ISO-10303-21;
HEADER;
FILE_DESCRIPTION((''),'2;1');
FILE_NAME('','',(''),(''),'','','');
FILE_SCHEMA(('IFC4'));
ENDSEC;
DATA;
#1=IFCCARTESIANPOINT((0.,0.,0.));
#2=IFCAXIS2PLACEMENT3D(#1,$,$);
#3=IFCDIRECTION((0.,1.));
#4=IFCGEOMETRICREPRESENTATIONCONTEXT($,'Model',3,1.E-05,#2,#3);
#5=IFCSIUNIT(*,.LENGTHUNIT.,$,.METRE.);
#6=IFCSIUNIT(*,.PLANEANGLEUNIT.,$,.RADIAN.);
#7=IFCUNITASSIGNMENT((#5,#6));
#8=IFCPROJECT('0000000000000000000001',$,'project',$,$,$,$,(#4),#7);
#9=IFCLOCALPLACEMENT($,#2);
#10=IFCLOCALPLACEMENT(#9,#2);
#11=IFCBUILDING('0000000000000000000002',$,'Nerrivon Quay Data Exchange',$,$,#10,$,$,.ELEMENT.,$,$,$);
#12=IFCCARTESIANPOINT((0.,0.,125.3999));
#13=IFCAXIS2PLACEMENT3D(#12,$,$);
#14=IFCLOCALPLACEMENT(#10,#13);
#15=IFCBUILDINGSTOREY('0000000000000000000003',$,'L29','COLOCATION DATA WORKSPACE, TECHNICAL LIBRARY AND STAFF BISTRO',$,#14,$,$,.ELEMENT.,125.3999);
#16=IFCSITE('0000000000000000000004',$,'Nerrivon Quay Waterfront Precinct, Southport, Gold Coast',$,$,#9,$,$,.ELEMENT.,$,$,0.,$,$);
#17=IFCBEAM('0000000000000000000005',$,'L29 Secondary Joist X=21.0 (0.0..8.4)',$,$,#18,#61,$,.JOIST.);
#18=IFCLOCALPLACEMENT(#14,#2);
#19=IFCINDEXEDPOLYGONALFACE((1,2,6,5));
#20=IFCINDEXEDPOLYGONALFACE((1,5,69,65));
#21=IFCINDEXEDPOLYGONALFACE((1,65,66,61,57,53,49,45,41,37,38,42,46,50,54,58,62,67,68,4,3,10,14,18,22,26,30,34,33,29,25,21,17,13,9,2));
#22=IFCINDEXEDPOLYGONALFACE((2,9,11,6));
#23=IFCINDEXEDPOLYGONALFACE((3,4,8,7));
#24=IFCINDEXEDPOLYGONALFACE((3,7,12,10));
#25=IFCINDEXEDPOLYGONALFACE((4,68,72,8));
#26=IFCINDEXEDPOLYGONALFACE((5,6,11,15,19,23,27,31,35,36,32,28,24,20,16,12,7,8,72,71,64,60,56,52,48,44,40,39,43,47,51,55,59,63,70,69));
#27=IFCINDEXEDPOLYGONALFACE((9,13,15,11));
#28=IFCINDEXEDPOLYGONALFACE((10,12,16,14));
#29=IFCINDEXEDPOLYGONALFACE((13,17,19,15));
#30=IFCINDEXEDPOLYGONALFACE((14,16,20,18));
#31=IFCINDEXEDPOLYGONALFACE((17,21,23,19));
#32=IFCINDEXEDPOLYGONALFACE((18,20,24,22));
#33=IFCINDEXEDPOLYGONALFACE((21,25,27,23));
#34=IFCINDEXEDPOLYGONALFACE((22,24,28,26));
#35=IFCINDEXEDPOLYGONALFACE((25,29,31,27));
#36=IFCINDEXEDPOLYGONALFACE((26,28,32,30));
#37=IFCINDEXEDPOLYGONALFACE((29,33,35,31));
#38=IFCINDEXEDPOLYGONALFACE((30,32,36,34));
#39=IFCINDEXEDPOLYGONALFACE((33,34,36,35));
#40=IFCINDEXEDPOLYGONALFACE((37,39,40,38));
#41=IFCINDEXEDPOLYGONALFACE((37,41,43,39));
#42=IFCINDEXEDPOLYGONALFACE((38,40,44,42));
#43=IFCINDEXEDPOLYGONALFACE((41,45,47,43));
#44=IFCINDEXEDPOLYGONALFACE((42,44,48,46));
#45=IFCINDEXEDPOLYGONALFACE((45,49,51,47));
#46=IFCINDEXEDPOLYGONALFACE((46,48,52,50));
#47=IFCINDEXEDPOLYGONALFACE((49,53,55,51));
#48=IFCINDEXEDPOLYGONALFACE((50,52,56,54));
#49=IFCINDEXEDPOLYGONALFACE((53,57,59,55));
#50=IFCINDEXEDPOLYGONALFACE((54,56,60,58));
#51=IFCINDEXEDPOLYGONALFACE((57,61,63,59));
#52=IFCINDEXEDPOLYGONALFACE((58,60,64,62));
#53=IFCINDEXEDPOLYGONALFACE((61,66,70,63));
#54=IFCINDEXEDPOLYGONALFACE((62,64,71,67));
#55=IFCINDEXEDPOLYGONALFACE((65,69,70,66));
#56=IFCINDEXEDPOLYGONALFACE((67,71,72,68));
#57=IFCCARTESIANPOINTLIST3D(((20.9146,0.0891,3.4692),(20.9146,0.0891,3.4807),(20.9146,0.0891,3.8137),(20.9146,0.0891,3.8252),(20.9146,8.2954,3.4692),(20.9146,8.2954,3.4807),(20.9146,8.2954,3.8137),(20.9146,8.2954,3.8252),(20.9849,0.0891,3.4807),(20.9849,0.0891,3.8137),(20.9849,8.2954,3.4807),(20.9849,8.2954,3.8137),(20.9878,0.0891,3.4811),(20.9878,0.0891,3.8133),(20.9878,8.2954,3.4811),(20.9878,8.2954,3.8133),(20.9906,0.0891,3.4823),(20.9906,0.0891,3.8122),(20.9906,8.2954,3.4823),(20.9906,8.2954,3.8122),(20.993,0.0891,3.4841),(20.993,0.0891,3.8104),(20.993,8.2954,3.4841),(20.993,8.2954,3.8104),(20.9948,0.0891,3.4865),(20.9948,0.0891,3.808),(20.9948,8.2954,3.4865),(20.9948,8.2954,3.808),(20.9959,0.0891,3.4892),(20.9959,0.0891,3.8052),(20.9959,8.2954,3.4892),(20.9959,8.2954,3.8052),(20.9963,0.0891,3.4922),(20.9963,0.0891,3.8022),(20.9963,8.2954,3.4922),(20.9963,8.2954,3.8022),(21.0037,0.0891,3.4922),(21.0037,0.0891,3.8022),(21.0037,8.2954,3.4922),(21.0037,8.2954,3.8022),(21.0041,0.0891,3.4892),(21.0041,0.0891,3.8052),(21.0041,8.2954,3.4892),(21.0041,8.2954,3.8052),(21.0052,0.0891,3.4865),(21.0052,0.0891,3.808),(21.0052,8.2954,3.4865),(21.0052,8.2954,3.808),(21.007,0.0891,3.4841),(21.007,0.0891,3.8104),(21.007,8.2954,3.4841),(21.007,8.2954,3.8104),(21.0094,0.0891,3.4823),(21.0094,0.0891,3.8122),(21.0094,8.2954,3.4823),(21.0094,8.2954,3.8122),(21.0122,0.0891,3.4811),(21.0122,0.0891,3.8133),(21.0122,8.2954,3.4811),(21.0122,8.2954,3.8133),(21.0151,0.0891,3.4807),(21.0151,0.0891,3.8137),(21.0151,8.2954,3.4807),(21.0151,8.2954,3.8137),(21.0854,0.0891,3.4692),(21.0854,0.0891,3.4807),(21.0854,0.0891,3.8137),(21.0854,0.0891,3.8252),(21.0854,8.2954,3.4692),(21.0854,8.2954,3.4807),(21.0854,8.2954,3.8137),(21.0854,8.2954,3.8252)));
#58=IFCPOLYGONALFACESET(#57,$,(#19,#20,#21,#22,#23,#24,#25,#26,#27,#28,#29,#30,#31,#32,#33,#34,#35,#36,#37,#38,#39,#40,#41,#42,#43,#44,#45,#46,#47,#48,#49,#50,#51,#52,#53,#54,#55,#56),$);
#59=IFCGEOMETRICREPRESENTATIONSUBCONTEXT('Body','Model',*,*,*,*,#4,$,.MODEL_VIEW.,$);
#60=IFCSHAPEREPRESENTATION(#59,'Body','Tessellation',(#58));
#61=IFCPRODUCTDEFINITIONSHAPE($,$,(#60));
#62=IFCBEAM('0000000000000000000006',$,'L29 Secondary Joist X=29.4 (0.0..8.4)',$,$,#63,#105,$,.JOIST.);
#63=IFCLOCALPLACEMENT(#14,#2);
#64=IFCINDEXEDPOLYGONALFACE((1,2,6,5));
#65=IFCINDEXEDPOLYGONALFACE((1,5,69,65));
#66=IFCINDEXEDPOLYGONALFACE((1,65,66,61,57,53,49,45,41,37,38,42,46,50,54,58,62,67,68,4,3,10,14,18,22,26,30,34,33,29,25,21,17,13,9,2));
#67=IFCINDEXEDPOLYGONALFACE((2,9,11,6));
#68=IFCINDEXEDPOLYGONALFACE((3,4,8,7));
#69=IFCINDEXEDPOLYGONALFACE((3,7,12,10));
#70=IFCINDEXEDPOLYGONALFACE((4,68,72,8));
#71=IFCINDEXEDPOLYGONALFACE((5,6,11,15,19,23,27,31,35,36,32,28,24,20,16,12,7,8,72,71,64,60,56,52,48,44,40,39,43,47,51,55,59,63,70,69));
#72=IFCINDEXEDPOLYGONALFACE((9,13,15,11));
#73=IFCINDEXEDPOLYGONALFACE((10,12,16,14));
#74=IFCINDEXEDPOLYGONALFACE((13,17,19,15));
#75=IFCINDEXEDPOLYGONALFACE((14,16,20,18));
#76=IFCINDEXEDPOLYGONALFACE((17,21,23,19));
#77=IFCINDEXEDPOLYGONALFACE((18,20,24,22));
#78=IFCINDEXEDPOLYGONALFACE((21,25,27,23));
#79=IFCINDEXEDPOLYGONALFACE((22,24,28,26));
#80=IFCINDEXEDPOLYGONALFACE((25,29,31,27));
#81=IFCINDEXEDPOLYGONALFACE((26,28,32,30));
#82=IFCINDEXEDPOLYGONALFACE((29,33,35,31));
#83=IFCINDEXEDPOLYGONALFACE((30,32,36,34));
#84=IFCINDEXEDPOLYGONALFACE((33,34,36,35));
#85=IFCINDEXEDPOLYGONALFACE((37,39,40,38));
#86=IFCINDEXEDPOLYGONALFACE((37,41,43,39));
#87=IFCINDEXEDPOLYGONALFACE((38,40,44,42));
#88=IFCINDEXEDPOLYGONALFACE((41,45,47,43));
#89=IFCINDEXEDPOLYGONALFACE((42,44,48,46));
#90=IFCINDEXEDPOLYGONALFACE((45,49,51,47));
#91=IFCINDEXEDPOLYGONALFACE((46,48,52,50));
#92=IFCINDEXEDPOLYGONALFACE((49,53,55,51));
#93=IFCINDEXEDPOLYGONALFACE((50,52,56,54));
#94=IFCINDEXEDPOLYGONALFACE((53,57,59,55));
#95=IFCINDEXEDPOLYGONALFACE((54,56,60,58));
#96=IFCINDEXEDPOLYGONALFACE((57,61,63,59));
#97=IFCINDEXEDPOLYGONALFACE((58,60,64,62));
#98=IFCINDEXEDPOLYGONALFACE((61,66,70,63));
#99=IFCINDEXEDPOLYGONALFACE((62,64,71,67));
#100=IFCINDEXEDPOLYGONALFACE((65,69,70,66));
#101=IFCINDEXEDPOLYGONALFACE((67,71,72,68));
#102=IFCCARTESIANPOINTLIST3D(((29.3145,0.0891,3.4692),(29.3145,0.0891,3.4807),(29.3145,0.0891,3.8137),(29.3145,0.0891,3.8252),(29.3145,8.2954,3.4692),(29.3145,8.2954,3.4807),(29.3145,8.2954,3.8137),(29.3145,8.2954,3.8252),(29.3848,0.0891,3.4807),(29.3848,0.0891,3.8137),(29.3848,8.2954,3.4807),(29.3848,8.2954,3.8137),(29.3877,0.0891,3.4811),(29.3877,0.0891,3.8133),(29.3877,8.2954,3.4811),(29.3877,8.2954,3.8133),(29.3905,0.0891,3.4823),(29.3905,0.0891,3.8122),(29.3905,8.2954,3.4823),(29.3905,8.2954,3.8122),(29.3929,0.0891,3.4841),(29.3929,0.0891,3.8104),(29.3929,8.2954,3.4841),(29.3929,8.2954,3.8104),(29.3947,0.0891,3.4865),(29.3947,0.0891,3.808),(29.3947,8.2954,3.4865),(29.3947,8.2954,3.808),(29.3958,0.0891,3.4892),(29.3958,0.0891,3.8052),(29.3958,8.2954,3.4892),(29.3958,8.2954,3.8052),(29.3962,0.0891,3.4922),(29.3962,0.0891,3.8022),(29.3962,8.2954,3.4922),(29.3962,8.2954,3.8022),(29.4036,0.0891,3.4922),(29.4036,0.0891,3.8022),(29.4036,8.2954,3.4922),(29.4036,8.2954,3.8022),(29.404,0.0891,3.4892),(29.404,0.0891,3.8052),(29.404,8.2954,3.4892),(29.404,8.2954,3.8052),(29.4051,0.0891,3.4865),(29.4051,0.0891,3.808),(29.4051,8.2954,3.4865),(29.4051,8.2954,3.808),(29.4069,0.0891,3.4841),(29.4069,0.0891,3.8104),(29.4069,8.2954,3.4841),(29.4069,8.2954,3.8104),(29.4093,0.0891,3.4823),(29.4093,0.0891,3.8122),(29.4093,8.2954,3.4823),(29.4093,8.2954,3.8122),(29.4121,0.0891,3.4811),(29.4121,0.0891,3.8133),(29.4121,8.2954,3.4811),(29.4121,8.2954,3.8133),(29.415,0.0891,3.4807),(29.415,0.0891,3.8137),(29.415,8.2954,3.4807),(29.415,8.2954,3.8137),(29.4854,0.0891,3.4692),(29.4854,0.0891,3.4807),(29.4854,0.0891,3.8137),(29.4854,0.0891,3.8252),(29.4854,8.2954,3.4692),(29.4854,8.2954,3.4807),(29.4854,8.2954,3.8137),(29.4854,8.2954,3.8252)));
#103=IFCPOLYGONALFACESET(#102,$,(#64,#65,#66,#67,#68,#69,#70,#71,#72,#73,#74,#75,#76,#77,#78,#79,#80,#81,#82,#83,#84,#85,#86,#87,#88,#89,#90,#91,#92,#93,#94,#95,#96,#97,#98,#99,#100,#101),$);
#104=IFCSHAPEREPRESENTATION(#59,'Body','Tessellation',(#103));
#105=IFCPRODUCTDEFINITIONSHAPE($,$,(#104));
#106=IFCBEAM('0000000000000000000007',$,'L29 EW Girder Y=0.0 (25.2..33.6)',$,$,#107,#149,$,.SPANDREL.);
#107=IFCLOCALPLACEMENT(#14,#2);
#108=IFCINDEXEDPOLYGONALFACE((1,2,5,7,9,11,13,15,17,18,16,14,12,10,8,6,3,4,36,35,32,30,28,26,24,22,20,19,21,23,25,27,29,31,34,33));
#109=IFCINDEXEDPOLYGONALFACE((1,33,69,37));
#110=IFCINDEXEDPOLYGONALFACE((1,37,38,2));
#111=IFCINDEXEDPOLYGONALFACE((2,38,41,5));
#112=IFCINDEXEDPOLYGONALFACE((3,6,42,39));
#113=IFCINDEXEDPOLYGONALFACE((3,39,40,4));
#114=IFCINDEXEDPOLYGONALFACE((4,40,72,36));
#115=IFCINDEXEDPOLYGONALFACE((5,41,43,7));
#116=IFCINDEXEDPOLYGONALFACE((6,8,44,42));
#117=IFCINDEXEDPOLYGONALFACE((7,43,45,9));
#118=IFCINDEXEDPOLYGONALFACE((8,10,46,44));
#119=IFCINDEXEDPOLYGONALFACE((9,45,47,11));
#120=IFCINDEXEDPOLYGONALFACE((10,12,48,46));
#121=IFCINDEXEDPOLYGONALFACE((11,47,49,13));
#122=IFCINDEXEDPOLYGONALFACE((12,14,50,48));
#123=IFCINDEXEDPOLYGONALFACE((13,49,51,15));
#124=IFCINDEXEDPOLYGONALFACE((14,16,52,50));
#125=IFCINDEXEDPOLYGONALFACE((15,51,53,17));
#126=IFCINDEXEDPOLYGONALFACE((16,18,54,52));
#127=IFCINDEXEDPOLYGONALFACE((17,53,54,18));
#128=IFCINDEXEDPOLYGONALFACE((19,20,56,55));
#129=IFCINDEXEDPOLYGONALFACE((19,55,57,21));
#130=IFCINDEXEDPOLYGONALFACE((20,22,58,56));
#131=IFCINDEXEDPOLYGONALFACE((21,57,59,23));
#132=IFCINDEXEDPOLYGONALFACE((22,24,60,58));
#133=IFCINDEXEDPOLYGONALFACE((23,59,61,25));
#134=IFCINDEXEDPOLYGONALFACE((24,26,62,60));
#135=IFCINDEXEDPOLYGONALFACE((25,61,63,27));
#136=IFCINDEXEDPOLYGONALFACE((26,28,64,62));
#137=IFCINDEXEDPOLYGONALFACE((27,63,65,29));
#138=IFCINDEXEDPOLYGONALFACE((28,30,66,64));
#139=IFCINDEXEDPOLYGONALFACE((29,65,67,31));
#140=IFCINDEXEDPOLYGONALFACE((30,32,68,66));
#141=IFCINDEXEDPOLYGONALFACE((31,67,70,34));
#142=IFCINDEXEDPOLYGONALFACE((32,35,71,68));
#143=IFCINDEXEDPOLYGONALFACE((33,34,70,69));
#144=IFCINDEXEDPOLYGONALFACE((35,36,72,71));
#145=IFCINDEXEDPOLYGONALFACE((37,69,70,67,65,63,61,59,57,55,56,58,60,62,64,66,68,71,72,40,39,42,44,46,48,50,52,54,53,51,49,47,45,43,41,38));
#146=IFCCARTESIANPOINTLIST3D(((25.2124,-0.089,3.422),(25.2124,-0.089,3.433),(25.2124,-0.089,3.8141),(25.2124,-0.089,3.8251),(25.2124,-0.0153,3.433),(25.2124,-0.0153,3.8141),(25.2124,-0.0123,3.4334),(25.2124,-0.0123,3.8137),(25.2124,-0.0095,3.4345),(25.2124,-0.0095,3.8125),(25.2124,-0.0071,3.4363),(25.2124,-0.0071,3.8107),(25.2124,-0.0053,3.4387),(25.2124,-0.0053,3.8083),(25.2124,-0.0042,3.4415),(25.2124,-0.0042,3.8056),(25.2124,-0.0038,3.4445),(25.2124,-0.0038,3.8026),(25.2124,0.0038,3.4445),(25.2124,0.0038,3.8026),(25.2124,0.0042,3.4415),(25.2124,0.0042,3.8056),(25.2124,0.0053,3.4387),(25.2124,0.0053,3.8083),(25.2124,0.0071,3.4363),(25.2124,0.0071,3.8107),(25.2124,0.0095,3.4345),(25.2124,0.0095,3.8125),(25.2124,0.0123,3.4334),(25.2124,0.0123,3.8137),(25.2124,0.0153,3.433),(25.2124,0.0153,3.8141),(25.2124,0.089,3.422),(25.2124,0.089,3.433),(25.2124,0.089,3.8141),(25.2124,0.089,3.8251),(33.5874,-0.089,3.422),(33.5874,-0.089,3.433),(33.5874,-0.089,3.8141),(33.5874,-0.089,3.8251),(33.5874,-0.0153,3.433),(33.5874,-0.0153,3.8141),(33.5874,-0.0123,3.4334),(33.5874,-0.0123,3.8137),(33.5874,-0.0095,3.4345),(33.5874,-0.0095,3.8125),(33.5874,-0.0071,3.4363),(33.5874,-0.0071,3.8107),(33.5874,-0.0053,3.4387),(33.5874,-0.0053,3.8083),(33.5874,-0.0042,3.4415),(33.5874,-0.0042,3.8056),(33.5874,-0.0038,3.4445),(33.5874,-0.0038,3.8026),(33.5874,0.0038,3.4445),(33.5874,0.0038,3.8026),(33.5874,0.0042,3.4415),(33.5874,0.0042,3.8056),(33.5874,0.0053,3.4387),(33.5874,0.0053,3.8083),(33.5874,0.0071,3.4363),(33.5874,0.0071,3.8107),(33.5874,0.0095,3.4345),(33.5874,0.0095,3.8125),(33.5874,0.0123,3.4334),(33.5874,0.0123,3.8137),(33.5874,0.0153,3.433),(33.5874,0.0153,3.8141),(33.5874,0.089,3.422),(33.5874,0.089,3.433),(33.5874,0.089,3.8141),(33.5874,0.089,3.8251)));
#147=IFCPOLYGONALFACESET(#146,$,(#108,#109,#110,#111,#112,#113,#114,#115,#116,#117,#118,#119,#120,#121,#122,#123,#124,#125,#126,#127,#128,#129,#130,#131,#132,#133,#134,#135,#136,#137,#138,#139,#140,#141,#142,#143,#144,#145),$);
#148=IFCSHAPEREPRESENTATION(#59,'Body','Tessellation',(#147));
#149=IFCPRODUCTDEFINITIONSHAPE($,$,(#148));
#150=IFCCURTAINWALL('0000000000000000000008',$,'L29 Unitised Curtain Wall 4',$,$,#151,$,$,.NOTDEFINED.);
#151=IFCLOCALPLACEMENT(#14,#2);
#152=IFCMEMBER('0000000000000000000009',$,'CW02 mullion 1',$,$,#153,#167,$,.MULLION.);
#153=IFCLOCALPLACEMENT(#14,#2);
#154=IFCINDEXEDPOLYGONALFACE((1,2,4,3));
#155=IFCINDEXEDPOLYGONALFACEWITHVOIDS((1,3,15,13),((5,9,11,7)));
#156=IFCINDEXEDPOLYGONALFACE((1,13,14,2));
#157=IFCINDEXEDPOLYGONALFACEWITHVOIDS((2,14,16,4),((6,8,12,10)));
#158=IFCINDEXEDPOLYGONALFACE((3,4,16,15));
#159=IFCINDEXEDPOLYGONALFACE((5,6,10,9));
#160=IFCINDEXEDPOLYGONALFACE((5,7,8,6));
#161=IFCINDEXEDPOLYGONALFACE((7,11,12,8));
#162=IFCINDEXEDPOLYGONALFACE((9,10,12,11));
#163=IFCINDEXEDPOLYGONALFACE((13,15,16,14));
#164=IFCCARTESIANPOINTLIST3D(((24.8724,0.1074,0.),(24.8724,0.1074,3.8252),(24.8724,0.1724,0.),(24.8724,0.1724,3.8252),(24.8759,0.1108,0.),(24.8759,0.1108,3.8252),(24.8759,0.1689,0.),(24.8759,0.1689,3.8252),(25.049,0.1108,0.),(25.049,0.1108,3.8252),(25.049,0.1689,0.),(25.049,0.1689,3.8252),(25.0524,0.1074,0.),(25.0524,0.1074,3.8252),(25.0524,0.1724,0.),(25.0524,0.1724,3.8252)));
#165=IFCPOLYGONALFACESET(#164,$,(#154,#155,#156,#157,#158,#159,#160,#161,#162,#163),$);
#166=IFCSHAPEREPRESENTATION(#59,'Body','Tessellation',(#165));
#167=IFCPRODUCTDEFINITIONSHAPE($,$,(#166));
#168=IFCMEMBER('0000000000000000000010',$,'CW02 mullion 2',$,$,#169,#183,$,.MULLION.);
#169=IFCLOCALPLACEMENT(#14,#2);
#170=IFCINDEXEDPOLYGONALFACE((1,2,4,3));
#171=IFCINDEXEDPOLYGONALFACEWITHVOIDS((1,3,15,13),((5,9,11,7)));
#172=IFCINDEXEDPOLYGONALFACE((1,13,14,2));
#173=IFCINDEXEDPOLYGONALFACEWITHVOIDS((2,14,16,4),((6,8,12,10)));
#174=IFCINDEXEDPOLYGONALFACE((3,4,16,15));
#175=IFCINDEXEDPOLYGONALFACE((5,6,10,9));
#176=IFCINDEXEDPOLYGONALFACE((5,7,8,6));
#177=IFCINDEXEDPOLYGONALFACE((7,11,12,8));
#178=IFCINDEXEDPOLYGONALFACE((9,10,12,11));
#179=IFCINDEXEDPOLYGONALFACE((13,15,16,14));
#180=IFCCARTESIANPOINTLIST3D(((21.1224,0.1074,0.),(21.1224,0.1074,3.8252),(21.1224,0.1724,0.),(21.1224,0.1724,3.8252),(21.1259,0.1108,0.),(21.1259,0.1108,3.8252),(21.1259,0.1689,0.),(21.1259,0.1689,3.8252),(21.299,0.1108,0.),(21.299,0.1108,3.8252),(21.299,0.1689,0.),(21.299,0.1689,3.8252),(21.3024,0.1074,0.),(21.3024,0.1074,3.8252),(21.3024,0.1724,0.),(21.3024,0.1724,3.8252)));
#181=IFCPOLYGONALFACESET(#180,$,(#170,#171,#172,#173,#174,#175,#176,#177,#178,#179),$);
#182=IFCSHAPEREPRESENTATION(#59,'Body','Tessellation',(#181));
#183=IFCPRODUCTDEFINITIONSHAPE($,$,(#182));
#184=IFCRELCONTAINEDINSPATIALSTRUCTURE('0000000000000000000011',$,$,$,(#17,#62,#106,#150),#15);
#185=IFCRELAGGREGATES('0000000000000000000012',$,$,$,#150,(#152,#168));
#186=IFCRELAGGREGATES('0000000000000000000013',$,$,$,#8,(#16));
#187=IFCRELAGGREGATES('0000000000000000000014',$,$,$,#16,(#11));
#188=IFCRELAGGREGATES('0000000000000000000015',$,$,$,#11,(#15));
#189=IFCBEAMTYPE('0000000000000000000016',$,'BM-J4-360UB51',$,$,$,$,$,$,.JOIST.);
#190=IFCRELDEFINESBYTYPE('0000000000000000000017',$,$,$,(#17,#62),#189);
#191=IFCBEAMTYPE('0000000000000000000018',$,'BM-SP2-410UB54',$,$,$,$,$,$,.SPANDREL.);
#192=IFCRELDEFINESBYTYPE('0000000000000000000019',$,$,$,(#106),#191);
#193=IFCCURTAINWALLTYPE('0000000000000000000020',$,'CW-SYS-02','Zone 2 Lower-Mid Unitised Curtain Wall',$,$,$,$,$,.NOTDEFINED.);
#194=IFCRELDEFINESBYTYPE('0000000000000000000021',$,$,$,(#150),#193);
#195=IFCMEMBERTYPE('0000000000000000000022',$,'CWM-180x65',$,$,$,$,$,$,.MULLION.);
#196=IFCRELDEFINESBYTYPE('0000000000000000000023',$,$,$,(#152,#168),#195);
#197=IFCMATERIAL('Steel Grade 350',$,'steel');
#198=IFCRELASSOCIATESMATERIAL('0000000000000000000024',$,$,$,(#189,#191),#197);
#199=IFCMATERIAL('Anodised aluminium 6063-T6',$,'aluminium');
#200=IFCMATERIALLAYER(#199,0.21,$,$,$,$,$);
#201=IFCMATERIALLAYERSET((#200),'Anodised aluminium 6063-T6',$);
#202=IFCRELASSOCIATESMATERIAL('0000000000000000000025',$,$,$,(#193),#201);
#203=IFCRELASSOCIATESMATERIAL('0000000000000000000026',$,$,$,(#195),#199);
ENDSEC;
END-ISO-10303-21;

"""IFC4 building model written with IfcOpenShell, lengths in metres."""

from ifc_helpers import new_model, si_unit, direction, frame, origin, origin_2d, place, context, subcontext, project, spatial, hollow_rectangle, i_section, extrude, material, layer, layer_set, material_profile, profile_set, type_object, element, aggregate, save


model = new_model("IFC4")

# Units and contexts
model_context = context("Model", 3, precision=1e-05, world=origin(), true_north=direction((0.0, 1.0)))
body_context = subcontext(model_context, "Body", "Model", "MODEL_VIEW")
ifc_project = project(units=[si_unit("LENGTHUNIT", "METRE"), si_unit("PLANEANGLEUNIT", "RADIAN")], contexts=[model_context])

# Site, building, storey
site_placement = place(None, origin())
site = spatial("IfcSite", under=ifc_project, at=site_placement, Name="Nerrivon Quay Waterfront Precinct, Southport, Gold Coast", CompositionType="ELEMENT", RefElevation=0.0)
building_placement = place(site_placement, origin())
building = spatial("IfcBuilding", under=site, at=building_placement, Name="Nerrivon Quay Data Exchange", CompositionType="ELEMENT")
storey_placement = place(building_placement, frame((0.0, 0.0, 125.3999)))
storey = spatial("IfcBuildingStorey", under=building, at=storey_placement, Name="L29", Description="COLOCATION DATA WORKSPACE, TECHNICAL LIBRARY AND STAFF BISTRO", CompositionType="ELEMENT", Elevation=125.3999)

# Shared definitions
ifc_material_1 = material(Name="Steel Grade 350", Category="steel")

# Beams
ifc_material_profile_1 = material_profile(ifc_material_1, i_section(OverallWidth=0.1709, OverallDepth=0.356, WebThickness=0.0073, FlangeThickness=0.0115, FilletRadius=0.0115, at=origin_2d()), Name="360UB50.7")
ifc_profile_set_1 = profile_set([ifc_material_profile_1], Name="Steel Grade 350")
beam_type_1 = type_object("IfcBeamType", Name="BM-J4-360UB51", PredefinedType="JOIST", material=ifc_profile_set_1)
for number, where, z_axis, x_axis, name in (
    (1, (21.0, 0.0891, 3.6472), (0.0, 1.0, 0.0), (-1.0, 0.0, 0.0), "L29 Secondary Joist X=21.0 (0.0..8.4)"),
    (2, (29.3999, 0.0891, 3.6472), (0.0, 1.0, 0.0), (-1.0, 0.0, 0.0), "L29 Secondary Joist X=29.4 (0.0..8.4)"),
):
    element("IfcBeam", number, at=place(storey_placement, frame(where, z_axis=z_axis, x_axis=x_axis)), inside=storey, type_object=beam_type_1, Name=name, PredefinedType="JOIST", context=body_context, shape_type="SweptSolid", body=[
        extrude(i_section(OverallWidth=0.1709, OverallDepth=0.356, WebThickness=0.0073, FlangeThickness=0.0115, FilletRadius=0.0115, at=origin_2d()), origin(), (0.0, 0.0, 1.0), 8.2063),
    ])
ifc_material_profile_2 = material_profile(ifc_material_1, i_section(OverallWidth=0.178, OverallDepth=0.4031, WebThickness=0.0076, FlangeThickness=0.011, FilletRadius=0.0115, at=origin_2d()), Name="410UB53.7")
ifc_profile_set_2 = profile_set([ifc_material_profile_2], Name="Steel Grade 350")
beam_type_2 = type_object("IfcBeamType", Name="BM-SP2-410UB54", PredefinedType="SPANDREL", material=ifc_profile_set_2)
beam_1_placement = place(storey_placement, frame((25.2124, 0.0, 3.6235), z_axis=(1.0, 0.0, 0.0), x_axis=(0.0, 1.0, 0.0)))
element("IfcBeam", 3, at=beam_1_placement, inside=storey, type_object=beam_type_2, Name="L29 EW Girder Y=0.0 (25.2..33.6)", PredefinedType="SPANDREL", context=body_context, shape_type="SweptSolid", body=[
    extrude(i_section(OverallWidth=0.178, OverallDepth=0.4031, WebThickness=0.0076, FlangeThickness=0.011, FilletRadius=0.0115, at=origin_2d()), origin(), (0.0, 0.0, 1.0), 8.375),
])

# Curtain wall, members
ifc_material_2 = material(Name="Anodised aluminium 6063-T6", Category="aluminium")
ifc_layer_1 = layer(ifc_material_2, 0.21)
ifc_layer_set_1 = layer_set([ifc_layer_1], Name="Anodised aluminium 6063-T6")
curtain_wall_type = type_object("IfcCurtainWallType", Name="CW-SYS-02", Description="Zone 2 Lower-Mid Unitised Curtain Wall", PredefinedType="NOTDEFINED", material=ifc_layer_set_1)
curtain_wall_placement = place(storey_placement, origin())
curtain_wall = element("IfcCurtainWall", 4, at=curtain_wall_placement, inside=storey, type_object=curtain_wall_type, Name="L29 Unitised Curtain Wall 4", PredefinedType="NOTDEFINED")
ifc_material_profile_3 = material_profile(ifc_material_2, hollow_rectangle(XDim=0.0649, YDim=0.1799, WallThickness=0.0034, at=origin_2d()), Name="ALU-MULL-180x65")
ifc_profile_set_3 = profile_set([ifc_material_profile_3], Name="Anodised aluminium 6063-T6")
member_type_1 = type_object("IfcMemberType", Name="CWM-180x65", PredefinedType="MULLION", material=ifc_profile_set_3)
member_1_placement = place(storey_placement, frame((24.9624, 0.1399, 0.0), z_axis=(0.0, 0.0, 1.0), x_axis=(0.0, -1.0, 0.0)))
member_1 = element("IfcMember", 5, at=member_1_placement, type_object=member_type_1, Name="CW02 mullion 1", PredefinedType="MULLION", context=body_context, shape_type="SweptSolid", body=[
    extrude(hollow_rectangle(XDim=0.0649, YDim=0.1799, WallThickness=0.0034, at=origin_2d()), origin(), (0.0, 0.0, 1.0), 3.8252),
])
member_2_placement = place(storey_placement, frame((21.2124, 0.1399, 0.0), z_axis=(0.0, 0.0, 1.0), x_axis=(0.0, -1.0, 0.0)))
member_2 = element("IfcMember", 6, at=member_2_placement, type_object=member_type_1, Name="CW02 mullion 2", PredefinedType="MULLION", context=body_context, shape_type="SweptSolid", body=[
    extrude(hollow_rectangle(XDim=0.0649, YDim=0.1799, WallThickness=0.0034, at=origin_2d()), origin(), (0.0, 0.0, 1.0), 3.8252),
])
aggregate(curtain_wall, [member_1, member_2])

save(model, "model.ifc")
